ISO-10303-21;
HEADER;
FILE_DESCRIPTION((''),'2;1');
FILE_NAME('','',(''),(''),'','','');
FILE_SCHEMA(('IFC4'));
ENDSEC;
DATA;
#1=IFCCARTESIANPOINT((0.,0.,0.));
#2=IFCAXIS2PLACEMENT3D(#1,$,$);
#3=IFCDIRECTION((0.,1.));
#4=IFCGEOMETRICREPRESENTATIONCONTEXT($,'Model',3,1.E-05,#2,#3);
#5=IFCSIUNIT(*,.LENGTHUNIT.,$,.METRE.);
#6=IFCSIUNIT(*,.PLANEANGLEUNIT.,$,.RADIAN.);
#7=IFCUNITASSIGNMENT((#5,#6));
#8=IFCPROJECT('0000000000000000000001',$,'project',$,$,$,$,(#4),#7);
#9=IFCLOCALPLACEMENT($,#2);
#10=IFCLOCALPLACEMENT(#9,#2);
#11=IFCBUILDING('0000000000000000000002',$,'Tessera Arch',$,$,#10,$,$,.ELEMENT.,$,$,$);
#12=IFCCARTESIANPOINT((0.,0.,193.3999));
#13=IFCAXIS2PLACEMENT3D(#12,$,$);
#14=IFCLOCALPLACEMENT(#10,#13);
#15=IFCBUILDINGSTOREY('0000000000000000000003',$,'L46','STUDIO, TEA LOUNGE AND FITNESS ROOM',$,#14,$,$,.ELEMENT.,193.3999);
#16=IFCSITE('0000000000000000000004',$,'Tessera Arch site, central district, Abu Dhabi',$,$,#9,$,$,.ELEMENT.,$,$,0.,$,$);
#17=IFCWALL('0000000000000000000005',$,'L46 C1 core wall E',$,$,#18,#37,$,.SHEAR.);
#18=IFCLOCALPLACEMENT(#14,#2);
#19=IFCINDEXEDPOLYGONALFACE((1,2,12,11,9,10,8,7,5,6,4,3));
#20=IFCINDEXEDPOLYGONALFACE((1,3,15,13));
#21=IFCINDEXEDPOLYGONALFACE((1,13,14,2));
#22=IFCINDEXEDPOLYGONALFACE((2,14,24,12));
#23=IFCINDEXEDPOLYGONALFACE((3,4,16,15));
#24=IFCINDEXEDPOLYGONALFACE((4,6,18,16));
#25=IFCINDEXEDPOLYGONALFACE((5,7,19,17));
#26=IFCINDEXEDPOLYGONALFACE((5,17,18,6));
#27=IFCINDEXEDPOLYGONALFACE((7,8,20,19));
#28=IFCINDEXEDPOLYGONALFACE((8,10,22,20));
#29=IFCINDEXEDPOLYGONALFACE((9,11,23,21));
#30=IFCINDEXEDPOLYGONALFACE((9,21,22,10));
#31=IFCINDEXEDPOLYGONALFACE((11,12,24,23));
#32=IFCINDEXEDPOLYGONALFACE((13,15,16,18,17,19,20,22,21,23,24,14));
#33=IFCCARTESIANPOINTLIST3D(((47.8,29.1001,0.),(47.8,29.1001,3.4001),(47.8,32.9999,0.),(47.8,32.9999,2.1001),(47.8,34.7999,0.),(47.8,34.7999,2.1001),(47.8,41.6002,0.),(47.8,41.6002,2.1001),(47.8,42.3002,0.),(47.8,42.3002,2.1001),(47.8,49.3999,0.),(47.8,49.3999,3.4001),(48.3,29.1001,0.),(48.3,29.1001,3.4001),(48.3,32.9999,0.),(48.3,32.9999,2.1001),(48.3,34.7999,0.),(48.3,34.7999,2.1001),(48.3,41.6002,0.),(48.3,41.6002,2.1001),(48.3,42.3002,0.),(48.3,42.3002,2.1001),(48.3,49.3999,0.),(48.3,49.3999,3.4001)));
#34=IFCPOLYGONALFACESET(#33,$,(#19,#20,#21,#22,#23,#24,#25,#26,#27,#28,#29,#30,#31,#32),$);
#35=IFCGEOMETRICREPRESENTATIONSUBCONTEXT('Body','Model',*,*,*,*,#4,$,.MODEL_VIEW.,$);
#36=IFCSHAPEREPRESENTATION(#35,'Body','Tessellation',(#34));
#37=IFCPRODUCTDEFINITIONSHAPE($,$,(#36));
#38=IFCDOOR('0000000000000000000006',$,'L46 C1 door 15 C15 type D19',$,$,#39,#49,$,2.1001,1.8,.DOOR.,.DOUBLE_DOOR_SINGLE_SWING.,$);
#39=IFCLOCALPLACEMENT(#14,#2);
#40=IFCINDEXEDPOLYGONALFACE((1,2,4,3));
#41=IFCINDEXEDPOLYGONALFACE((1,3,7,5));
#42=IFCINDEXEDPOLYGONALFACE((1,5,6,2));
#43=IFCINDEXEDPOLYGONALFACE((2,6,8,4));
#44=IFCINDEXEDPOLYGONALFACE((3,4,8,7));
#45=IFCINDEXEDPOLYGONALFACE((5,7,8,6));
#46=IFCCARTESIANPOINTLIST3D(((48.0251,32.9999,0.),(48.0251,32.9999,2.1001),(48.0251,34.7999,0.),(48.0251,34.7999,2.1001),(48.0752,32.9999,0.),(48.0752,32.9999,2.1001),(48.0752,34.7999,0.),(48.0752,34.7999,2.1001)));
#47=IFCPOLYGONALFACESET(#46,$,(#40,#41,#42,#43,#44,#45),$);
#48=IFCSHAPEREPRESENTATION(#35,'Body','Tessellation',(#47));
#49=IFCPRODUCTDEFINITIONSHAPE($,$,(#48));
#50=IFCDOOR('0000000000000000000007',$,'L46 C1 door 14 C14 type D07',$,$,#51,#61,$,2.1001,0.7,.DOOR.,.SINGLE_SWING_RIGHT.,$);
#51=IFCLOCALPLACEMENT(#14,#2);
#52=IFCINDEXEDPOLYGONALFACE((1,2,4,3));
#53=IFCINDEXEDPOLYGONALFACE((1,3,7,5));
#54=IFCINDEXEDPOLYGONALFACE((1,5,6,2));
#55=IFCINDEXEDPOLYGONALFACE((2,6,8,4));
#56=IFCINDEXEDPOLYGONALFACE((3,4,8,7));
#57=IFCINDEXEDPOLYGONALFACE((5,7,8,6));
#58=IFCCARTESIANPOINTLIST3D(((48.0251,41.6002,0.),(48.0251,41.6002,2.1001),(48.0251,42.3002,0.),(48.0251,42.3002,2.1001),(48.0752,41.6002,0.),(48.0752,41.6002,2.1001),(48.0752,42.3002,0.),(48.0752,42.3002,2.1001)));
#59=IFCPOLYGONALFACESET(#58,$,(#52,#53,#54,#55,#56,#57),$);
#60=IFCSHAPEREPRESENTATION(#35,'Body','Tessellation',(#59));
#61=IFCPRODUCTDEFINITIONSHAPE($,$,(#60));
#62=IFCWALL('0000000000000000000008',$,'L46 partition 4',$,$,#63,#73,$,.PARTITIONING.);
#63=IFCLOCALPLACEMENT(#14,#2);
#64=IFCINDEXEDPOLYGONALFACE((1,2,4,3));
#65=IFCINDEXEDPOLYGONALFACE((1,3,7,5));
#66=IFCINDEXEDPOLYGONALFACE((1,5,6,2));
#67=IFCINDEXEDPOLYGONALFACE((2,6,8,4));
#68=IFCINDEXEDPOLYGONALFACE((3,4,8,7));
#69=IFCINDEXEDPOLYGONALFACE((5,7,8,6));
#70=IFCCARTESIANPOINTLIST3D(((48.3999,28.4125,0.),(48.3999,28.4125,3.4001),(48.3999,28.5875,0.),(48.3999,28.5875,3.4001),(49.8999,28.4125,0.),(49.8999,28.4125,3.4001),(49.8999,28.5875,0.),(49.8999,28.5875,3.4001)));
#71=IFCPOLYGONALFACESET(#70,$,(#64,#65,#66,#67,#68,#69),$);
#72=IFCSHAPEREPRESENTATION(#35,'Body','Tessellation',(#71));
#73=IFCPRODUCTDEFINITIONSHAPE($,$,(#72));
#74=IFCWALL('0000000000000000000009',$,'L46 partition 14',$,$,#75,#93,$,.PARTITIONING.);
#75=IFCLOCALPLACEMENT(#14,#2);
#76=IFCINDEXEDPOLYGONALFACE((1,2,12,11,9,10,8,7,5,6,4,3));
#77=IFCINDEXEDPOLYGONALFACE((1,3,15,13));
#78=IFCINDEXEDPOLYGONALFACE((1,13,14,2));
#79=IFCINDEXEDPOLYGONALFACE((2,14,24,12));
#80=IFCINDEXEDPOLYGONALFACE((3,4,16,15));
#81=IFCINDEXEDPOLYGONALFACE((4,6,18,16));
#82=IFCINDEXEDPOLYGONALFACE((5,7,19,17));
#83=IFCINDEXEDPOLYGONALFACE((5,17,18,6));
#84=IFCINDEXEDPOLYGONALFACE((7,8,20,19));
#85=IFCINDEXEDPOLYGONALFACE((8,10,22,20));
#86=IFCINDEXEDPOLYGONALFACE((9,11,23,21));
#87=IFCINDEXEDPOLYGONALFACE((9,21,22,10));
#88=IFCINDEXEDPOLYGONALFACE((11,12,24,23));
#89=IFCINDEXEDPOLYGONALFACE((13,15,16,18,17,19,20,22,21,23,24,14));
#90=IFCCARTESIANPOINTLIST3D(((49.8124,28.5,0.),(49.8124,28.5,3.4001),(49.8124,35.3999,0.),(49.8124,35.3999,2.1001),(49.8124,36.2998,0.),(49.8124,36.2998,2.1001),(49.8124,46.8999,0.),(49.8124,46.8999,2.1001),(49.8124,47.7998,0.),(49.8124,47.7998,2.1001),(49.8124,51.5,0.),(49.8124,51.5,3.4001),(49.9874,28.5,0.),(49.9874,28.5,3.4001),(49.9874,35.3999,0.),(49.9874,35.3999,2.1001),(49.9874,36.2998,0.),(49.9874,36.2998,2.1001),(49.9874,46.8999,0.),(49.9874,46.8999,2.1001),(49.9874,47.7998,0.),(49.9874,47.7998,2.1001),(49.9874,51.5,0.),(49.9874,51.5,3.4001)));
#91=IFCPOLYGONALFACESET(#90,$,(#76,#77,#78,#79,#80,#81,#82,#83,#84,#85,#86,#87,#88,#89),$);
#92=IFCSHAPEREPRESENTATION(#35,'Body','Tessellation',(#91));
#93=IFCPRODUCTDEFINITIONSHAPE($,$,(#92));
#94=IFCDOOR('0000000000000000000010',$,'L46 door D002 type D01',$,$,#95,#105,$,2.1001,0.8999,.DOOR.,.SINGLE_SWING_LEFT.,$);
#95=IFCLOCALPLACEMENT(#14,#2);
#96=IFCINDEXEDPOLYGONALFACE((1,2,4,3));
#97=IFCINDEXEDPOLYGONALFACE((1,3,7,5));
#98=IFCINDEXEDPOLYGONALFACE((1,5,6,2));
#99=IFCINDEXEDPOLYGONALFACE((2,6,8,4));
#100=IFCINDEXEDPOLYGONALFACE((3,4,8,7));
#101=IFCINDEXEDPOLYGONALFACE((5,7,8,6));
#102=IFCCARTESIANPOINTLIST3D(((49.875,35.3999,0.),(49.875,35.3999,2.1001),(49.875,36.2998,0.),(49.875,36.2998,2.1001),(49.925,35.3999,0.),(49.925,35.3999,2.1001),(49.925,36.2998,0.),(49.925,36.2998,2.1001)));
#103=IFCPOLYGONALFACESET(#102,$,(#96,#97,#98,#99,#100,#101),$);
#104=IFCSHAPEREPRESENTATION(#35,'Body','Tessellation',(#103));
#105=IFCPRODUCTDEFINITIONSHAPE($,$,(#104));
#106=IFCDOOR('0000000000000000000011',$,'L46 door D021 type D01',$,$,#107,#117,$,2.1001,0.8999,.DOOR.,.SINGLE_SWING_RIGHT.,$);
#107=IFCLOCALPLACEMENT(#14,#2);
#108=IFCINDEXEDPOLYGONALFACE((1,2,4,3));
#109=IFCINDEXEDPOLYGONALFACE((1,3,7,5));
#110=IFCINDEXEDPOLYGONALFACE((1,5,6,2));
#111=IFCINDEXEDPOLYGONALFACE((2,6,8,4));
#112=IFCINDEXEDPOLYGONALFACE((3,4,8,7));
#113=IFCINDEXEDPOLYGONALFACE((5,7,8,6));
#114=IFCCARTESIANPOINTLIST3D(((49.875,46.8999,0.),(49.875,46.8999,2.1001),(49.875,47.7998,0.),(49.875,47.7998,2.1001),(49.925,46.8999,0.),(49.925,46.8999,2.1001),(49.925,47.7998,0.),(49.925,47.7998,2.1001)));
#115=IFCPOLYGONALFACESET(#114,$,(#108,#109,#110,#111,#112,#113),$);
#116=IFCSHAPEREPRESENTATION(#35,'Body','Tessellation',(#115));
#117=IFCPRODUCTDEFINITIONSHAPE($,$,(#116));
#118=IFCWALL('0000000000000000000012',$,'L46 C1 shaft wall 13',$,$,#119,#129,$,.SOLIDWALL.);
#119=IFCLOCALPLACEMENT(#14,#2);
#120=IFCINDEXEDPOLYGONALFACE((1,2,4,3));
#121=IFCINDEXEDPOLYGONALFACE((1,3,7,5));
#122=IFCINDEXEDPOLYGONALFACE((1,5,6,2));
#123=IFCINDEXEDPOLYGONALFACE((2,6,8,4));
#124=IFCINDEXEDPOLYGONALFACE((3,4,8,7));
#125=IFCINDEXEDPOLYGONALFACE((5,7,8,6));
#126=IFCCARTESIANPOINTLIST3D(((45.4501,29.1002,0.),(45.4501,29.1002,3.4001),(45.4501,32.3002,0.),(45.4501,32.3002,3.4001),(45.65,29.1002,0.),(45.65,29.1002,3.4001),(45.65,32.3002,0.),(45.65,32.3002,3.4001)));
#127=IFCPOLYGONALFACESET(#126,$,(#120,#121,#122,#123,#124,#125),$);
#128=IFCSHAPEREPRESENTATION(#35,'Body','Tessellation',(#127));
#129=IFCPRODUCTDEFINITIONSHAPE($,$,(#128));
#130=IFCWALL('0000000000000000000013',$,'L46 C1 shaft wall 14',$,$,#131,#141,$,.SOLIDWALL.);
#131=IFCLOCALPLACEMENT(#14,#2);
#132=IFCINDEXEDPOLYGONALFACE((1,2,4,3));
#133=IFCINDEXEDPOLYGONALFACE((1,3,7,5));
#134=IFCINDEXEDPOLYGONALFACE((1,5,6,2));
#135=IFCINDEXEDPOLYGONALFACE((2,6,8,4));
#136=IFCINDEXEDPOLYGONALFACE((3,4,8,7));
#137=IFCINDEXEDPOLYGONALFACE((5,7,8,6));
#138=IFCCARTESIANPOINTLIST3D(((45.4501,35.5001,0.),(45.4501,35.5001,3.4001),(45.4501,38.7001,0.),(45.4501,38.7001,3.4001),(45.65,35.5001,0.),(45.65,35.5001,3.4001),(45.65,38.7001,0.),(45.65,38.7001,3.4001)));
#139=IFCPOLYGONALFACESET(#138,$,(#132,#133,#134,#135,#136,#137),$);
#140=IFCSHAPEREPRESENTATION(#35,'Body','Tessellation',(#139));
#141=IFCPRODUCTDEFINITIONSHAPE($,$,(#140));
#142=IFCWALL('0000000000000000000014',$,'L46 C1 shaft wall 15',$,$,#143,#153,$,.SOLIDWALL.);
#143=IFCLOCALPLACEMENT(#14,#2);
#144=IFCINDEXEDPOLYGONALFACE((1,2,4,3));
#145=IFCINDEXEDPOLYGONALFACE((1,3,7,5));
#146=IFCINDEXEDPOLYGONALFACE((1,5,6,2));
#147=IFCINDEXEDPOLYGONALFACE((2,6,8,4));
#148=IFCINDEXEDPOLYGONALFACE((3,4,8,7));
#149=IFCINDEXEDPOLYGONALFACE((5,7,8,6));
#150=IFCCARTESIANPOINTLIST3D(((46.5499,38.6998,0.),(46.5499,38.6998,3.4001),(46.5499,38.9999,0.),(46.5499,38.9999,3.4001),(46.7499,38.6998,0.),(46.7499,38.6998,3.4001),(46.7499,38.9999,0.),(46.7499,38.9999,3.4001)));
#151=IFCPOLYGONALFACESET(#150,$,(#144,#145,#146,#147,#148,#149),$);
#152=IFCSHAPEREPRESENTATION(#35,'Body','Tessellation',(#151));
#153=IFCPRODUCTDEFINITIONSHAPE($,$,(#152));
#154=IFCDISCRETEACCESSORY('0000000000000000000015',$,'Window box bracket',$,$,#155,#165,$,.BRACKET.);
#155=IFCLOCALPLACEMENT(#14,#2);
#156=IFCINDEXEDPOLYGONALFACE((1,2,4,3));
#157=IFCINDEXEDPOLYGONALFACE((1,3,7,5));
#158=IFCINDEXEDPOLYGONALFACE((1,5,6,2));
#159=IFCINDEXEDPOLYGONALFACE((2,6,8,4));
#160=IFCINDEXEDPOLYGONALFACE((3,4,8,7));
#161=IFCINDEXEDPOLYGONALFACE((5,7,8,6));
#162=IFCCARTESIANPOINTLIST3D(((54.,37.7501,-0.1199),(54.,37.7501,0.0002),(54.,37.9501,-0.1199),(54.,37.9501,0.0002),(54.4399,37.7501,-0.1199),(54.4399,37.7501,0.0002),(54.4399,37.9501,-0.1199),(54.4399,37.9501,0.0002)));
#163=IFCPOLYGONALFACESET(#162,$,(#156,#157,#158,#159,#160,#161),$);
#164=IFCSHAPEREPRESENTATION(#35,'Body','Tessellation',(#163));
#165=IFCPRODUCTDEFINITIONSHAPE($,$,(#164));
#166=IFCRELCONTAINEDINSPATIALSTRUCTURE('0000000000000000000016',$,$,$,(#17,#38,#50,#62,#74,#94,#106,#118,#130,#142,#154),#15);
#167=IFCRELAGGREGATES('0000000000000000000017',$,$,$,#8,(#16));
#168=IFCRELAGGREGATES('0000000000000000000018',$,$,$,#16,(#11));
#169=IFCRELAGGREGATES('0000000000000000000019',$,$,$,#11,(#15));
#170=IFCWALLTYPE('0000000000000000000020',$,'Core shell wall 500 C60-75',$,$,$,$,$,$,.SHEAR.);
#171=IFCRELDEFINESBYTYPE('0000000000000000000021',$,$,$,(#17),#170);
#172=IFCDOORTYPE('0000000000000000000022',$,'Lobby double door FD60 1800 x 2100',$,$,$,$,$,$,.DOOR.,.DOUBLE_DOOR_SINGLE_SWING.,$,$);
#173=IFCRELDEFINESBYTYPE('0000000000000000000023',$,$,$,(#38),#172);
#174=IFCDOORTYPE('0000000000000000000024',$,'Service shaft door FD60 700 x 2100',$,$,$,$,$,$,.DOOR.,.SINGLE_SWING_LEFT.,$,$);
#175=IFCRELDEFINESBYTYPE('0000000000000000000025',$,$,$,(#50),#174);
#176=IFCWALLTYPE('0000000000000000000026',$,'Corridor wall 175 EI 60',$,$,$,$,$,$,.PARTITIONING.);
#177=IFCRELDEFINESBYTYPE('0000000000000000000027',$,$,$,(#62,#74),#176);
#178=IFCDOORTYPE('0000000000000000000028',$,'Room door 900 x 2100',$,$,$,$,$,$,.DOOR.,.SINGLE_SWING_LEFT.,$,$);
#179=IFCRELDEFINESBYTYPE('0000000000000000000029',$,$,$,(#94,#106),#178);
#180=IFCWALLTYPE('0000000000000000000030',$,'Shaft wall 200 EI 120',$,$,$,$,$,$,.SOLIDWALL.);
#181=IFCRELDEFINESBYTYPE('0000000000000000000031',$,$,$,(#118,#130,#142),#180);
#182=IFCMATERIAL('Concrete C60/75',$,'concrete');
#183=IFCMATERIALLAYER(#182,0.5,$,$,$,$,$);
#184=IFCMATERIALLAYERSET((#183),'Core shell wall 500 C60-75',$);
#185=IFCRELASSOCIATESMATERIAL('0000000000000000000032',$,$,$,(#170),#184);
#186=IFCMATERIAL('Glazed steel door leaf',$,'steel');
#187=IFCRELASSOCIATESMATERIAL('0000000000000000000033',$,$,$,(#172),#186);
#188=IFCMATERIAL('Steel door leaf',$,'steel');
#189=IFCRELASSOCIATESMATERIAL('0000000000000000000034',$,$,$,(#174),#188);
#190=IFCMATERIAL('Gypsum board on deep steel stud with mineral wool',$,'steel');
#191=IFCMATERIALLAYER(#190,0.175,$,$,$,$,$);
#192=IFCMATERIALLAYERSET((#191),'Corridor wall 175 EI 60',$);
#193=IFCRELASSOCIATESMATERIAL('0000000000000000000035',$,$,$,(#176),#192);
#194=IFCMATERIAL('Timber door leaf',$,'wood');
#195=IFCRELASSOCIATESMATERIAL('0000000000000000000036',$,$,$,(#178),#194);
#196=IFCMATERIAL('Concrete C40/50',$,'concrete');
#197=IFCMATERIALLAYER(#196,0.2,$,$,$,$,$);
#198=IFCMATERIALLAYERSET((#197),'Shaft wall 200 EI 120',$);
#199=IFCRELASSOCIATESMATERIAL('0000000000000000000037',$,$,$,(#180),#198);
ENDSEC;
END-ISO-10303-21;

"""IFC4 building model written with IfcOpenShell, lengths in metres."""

from ifc_helpers import new_model, si_unit, direction, frame, frame_2d, origin, origin_2d, place, context, subcontext, project, spatial, rectangle, extrude, material, layer, layer_set, type_object, element, fill, save


model = new_model("IFC4")

# Units and contexts
model_context = context("Model", 3, precision=1e-05, world=origin(), true_north=direction((0.0, 1.0)))
body_context = subcontext(model_context, "Body", "Model", "MODEL_VIEW")
ifc_project = project(units=[si_unit("LENGTHUNIT", "METRE"), si_unit("PLANEANGLEUNIT", "RADIAN")], contexts=[model_context])

# Site, building, storey
site_placement = place(None, origin())
site = spatial("IfcSite", under=ifc_project, at=site_placement, Name="Tessera Arch site, central district, Abu Dhabi", CompositionType="ELEMENT", RefElevation=0.0)
building_placement = place(site_placement, origin())
building = spatial("IfcBuilding", under=site, at=building_placement, Name="Tessera Arch", CompositionType="ELEMENT")
storey_placement = place(building_placement, frame((0.0, 0.0, 193.3999)))
storey = spatial("IfcBuildingStorey", under=building, at=storey_placement, Name="L46", Description="STUDIO, TEA LOUNGE AND FITNESS ROOM", CompositionType="ELEMENT", Elevation=193.3999)

# Wall, openings, doors
ifc_material_1 = material(Name="Concrete C60/75", Category="concrete")
ifc_layer_1 = layer(ifc_material_1, 0.5)
ifc_layer_set_1 = layer_set([ifc_layer_1], Name="Core shell wall 500 C60-75")
wall_type_1 = type_object("IfcWallType", Name="Core shell wall 500 C60-75", PredefinedType="SHEAR", material=ifc_layer_set_1)
wall_1_placement = place(storey_placement, frame((48.05, 29.1001, 0.0), z_axis=(0.0, 0.0, 1.0), x_axis=(0.0, 1.0, 0.0)))
wall_1 = element("IfcWall", 1, at=wall_1_placement, inside=storey, type_object=wall_type_1, Name="L46 C1 core wall E", PredefinedType="SHEAR", context=body_context, shape_type="SweptSolid", body=[
    extrude(rectangle(XDim=20.2998, YDim=0.5, at=frame_2d((10.1499, 0.0))), origin(), (0.0, 0.0, 1.0), 3.4001),
])
opening_1_placement = place(wall_1_placement, frame((12.5, 0.0, 0.0)))
opening_1 = element("IfcOpeningElement", 2, at=opening_1_placement, cuts=wall_1, PredefinedType="OPENING", context=body_context, shape_type="SweptSolid", body=[
    extrude(rectangle(XDim=0.7, YDim=2.1001, at=frame_2d((0.3501, 1.05))), frame((0.0, 0.26, 0.0), z_axis=(0.0, -1.0, 0.0), x_axis=(1.0, 0.0, 0.0)), (0.0, 0.0, 1.0), 0.52),
])
opening_2_placement = place(wall_1_placement, frame((3.8999, 0.0, 0.0)))
opening_2 = element("IfcOpeningElement", 3, at=opening_2_placement, cuts=wall_1, PredefinedType="OPENING", context=body_context, shape_type="SweptSolid", body=[
    extrude(rectangle(XDim=1.8, YDim=2.1001, at=frame_2d((0.8999, 1.05))), frame((0.0, 0.26, 0.0), z_axis=(0.0, -1.0, 0.0), x_axis=(1.0, 0.0, 0.0)), (0.0, 0.0, 1.0), 0.52),
])
ifc_material_2 = material(Name="Glazed steel door leaf", Category="steel")
door_type_1 = type_object("IfcDoorType", Name="Lobby double door FD60 1800 x 2100", OperationType="DOUBLE_DOOR_SINGLE_SWING", PredefinedType="DOOR", material=ifc_material_2)
door_1_placement = place(opening_2_placement, origin())
door_1 = element("IfcDoor", 4, at=door_1_placement, inside=storey, type_object=door_type_1, Name="L46 C1 door 15 C15 type D19", OperationType="DOUBLE_DOOR_SINGLE_SWING", OverallHeight=2.1001, OverallWidth=1.8, PredefinedType="DOOR", context=body_context, shape_type="SweptSolid", body=[
    extrude(rectangle(XDim=1.8, YDim=2.1001, at=frame_2d((0.8999, 1.05))), frame((0.0, 0.0249, 0.0), z_axis=(0.0, -1.0, 0.0), x_axis=(1.0, 0.0, 0.0)), (0.0, 0.0, 1.0), 0.05),
])
fill(opening_2, door_1)
ifc_material_3 = material(Name="Steel door leaf", Category="steel")
door_type_2 = type_object("IfcDoorType", Name="Service shaft door FD60 700 x 2100", OperationType="SINGLE_SWING_LEFT", PredefinedType="DOOR", material=ifc_material_3)
door_2_placement = place(opening_1_placement, origin())
door_2 = element("IfcDoor", 5, at=door_2_placement, inside=storey, type_object=door_type_2, Name="L46 C1 door 14 C14 type D07", OperationType="SINGLE_SWING_RIGHT", OverallHeight=2.1001, OverallWidth=0.7, PredefinedType="DOOR", context=body_context, shape_type="SweptSolid", body=[
    extrude(rectangle(XDim=0.7, YDim=2.1001, at=frame_2d((0.3501, 1.05))), frame((0.0, 0.0249, 0.0), z_axis=(0.0, -1.0, 0.0), x_axis=(1.0, 0.0, 0.0)), (0.0, 0.0, 1.0), 0.05),
])
fill(opening_1, door_2)

# Wall
ifc_material_4 = material(Name="Gypsum board on deep steel stud with mineral wool", Category="steel")
ifc_layer_2 = layer(ifc_material_4, 0.175)
ifc_layer_set_2 = layer_set([ifc_layer_2], Name="Corridor wall 175 EI 60")
wall_type_2 = type_object("IfcWallType", Name="Corridor wall 175 EI 60", PredefinedType="PARTITIONING", material=ifc_layer_set_2)
wall_2_placement = place(storey_placement, frame((48.3999, 28.5, 0.0), z_axis=(0.0, 0.0, 1.0), x_axis=(1.0, 0.0, 0.0)))
element("IfcWall", 6, at=wall_2_placement, inside=storey, type_object=wall_type_2, Name="L46 partition 4", PredefinedType="PARTITIONING", context=body_context, shape_type="SweptSolid", body=[
    extrude(rectangle(XDim=1.5, YDim=0.175, at=frame_2d((0.75, 0.0))), origin(), (0.0, 0.0, 1.0), 3.4001),
])

# Wall, openings, doors
wall_3_placement = place(storey_placement, frame((49.8999, 28.5, 0.0), z_axis=(0.0, 0.0, 1.0), x_axis=(0.0, 1.0, 0.0)))
wall_3 = element("IfcWall", 7, at=wall_3_placement, inside=storey, type_object=wall_type_2, Name="L46 partition 14", PredefinedType="PARTITIONING", context=body_context, shape_type="SweptSolid", body=[
    extrude(rectangle(XDim=23.0, YDim=0.175, at=frame_2d((11.5, 0.0))), origin(), (0.0, 0.0, 1.0), 3.4001),
])
opening_3_placement = place(wall_3_placement, frame((6.8999, 0.0, 0.0)))
opening_3 = element("IfcOpeningElement", 8, at=opening_3_placement, cuts=wall_3, PredefinedType="OPENING", context=body_context, shape_type="SweptSolid", body=[
    extrude(rectangle(XDim=0.8999, YDim=2.1001, at=frame_2d((0.45, 1.05))), frame((0.0, 0.0974, 0.0), z_axis=(0.0, -1.0, 0.0), x_axis=(1.0, 0.0, 0.0)), (0.0, 0.0, 1.0), 0.1951),
])
opening_4_placement = place(wall_3_placement, frame((18.3999, 0.0, 0.0)))
opening_4 = element("IfcOpeningElement", 9, at=opening_4_placement, cuts=wall_3, PredefinedType="OPENING", context=body_context, shape_type="SweptSolid", body=[
    extrude(rectangle(XDim=0.8999, YDim=2.1001, at=frame_2d((0.45, 1.05))), frame((0.0, 0.0974, 0.0), z_axis=(0.0, -1.0, 0.0), x_axis=(1.0, 0.0, 0.0)), (0.0, 0.0, 1.0), 0.1951),
])
ifc_material_5 = material(Name="Timber door leaf", Category="wood")
door_type_3 = type_object("IfcDoorType", Name="Room door 900 x 2100", OperationType="SINGLE_SWING_LEFT", PredefinedType="DOOR", material=ifc_material_5)
door_3_placement = place(opening_3_placement, origin())
door_3 = element("IfcDoor", 10, at=door_3_placement, inside=storey, type_object=door_type_3, Name="L46 door D002 type D01", OperationType="SINGLE_SWING_LEFT", OverallHeight=2.1001, OverallWidth=0.8999, PredefinedType="DOOR", context=body_context, shape_type="SweptSolid", body=[
    extrude(rectangle(XDim=0.8999, YDim=2.1001, at=frame_2d((0.45, 1.05))), frame((0.0, 0.0249, 0.0), z_axis=(0.0, -1.0, 0.0), x_axis=(1.0, 0.0, 0.0)), (0.0, 0.0, 1.0), 0.05),
])
fill(opening_3, door_3)
door_4_placement = place(opening_4_placement, origin())
door_4 = element("IfcDoor", 11, at=door_4_placement, inside=storey, type_object=door_type_3, Name="L46 door D021 type D01", OperationType="SINGLE_SWING_RIGHT", OverallHeight=2.1001, OverallWidth=0.8999, PredefinedType="DOOR", context=body_context, shape_type="SweptSolid", body=[
    extrude(rectangle(XDim=0.8999, YDim=2.1001, at=frame_2d((0.45, 1.05))), frame((0.0, 0.0249, 0.0), z_axis=(0.0, -1.0, 0.0), x_axis=(1.0, 0.0, 0.0)), (0.0, 0.0, 1.0), 0.05),
])
fill(opening_4, door_4)

# Walls
ifc_material_6 = material(Name="Concrete C40/50", Category="concrete")
ifc_layer_3 = layer(ifc_material_6, 0.2)
ifc_layer_set_3 = layer_set([ifc_layer_3], Name="Shaft wall 200 EI 120")
wall_type_3 = type_object("IfcWallType", Name="Shaft wall 200 EI 120", PredefinedType="SOLIDWALL", material=ifc_layer_set_3)
for number, where, z_axis, x_axis, name in (
    (12, (45.55, 29.1001, 0.0), (0.0, 0.0, 1.0), (0.0, 1.0, 0.0), "L46 C1 shaft wall 13"),
    (13, (45.55, 35.5, 0.0), (0.0, 0.0, 1.0), (0.0, 1.0, 0.0), "L46 C1 shaft wall 14"),
):
    element("IfcWall", number, at=place(storey_placement, frame(where, z_axis=z_axis, x_axis=x_axis)), inside=storey, type_object=wall_type_3, Name=name, PredefinedType="SOLIDWALL", context=body_context, shape_type="SweptSolid", body=[
        extrude(rectangle(XDim=3.2, YDim=0.2, at=frame_2d((1.6001, 0.0))), origin(), (0.0, 0.0, 1.0), 3.4001),
    ])
wall_4_placement = place(storey_placement, frame((46.6499, 38.7, 0.0), z_axis=(0.0, 0.0, 1.0), x_axis=(0.0, 1.0, 0.0)))
element("IfcWall", 14, at=wall_4_placement, inside=storey, type_object=wall_type_3, Name="L46 C1 shaft wall 15", PredefinedType="SOLIDWALL", context=body_context, shape_type="SweptSolid", body=[
    extrude(rectangle(XDim=0.3, YDim=0.2, at=frame_2d((0.1499, 0.0))), origin(), (0.0, 0.0, 1.0), 3.4001),
])

# Discrete accessory
discrete_accessory_placement = place(storey_placement, frame((54.22, 37.8501, -0.1199), z_axis=(0.0, 0.0, 1.0), x_axis=(1.0, 0.0, 0.0)))
element("IfcDiscreteAccessory", 15, at=discrete_accessory_placement, inside=storey, Name="Window box bracket", PredefinedType="BRACKET", context=body_context, shape_type="SweptSolid", body=[
    extrude(rectangle(XDim=0.4399, YDim=0.2, at=origin_2d()), origin(), (0.0, 0.0, 1.0), 0.1201),
])

save(model, "model.ifc")
